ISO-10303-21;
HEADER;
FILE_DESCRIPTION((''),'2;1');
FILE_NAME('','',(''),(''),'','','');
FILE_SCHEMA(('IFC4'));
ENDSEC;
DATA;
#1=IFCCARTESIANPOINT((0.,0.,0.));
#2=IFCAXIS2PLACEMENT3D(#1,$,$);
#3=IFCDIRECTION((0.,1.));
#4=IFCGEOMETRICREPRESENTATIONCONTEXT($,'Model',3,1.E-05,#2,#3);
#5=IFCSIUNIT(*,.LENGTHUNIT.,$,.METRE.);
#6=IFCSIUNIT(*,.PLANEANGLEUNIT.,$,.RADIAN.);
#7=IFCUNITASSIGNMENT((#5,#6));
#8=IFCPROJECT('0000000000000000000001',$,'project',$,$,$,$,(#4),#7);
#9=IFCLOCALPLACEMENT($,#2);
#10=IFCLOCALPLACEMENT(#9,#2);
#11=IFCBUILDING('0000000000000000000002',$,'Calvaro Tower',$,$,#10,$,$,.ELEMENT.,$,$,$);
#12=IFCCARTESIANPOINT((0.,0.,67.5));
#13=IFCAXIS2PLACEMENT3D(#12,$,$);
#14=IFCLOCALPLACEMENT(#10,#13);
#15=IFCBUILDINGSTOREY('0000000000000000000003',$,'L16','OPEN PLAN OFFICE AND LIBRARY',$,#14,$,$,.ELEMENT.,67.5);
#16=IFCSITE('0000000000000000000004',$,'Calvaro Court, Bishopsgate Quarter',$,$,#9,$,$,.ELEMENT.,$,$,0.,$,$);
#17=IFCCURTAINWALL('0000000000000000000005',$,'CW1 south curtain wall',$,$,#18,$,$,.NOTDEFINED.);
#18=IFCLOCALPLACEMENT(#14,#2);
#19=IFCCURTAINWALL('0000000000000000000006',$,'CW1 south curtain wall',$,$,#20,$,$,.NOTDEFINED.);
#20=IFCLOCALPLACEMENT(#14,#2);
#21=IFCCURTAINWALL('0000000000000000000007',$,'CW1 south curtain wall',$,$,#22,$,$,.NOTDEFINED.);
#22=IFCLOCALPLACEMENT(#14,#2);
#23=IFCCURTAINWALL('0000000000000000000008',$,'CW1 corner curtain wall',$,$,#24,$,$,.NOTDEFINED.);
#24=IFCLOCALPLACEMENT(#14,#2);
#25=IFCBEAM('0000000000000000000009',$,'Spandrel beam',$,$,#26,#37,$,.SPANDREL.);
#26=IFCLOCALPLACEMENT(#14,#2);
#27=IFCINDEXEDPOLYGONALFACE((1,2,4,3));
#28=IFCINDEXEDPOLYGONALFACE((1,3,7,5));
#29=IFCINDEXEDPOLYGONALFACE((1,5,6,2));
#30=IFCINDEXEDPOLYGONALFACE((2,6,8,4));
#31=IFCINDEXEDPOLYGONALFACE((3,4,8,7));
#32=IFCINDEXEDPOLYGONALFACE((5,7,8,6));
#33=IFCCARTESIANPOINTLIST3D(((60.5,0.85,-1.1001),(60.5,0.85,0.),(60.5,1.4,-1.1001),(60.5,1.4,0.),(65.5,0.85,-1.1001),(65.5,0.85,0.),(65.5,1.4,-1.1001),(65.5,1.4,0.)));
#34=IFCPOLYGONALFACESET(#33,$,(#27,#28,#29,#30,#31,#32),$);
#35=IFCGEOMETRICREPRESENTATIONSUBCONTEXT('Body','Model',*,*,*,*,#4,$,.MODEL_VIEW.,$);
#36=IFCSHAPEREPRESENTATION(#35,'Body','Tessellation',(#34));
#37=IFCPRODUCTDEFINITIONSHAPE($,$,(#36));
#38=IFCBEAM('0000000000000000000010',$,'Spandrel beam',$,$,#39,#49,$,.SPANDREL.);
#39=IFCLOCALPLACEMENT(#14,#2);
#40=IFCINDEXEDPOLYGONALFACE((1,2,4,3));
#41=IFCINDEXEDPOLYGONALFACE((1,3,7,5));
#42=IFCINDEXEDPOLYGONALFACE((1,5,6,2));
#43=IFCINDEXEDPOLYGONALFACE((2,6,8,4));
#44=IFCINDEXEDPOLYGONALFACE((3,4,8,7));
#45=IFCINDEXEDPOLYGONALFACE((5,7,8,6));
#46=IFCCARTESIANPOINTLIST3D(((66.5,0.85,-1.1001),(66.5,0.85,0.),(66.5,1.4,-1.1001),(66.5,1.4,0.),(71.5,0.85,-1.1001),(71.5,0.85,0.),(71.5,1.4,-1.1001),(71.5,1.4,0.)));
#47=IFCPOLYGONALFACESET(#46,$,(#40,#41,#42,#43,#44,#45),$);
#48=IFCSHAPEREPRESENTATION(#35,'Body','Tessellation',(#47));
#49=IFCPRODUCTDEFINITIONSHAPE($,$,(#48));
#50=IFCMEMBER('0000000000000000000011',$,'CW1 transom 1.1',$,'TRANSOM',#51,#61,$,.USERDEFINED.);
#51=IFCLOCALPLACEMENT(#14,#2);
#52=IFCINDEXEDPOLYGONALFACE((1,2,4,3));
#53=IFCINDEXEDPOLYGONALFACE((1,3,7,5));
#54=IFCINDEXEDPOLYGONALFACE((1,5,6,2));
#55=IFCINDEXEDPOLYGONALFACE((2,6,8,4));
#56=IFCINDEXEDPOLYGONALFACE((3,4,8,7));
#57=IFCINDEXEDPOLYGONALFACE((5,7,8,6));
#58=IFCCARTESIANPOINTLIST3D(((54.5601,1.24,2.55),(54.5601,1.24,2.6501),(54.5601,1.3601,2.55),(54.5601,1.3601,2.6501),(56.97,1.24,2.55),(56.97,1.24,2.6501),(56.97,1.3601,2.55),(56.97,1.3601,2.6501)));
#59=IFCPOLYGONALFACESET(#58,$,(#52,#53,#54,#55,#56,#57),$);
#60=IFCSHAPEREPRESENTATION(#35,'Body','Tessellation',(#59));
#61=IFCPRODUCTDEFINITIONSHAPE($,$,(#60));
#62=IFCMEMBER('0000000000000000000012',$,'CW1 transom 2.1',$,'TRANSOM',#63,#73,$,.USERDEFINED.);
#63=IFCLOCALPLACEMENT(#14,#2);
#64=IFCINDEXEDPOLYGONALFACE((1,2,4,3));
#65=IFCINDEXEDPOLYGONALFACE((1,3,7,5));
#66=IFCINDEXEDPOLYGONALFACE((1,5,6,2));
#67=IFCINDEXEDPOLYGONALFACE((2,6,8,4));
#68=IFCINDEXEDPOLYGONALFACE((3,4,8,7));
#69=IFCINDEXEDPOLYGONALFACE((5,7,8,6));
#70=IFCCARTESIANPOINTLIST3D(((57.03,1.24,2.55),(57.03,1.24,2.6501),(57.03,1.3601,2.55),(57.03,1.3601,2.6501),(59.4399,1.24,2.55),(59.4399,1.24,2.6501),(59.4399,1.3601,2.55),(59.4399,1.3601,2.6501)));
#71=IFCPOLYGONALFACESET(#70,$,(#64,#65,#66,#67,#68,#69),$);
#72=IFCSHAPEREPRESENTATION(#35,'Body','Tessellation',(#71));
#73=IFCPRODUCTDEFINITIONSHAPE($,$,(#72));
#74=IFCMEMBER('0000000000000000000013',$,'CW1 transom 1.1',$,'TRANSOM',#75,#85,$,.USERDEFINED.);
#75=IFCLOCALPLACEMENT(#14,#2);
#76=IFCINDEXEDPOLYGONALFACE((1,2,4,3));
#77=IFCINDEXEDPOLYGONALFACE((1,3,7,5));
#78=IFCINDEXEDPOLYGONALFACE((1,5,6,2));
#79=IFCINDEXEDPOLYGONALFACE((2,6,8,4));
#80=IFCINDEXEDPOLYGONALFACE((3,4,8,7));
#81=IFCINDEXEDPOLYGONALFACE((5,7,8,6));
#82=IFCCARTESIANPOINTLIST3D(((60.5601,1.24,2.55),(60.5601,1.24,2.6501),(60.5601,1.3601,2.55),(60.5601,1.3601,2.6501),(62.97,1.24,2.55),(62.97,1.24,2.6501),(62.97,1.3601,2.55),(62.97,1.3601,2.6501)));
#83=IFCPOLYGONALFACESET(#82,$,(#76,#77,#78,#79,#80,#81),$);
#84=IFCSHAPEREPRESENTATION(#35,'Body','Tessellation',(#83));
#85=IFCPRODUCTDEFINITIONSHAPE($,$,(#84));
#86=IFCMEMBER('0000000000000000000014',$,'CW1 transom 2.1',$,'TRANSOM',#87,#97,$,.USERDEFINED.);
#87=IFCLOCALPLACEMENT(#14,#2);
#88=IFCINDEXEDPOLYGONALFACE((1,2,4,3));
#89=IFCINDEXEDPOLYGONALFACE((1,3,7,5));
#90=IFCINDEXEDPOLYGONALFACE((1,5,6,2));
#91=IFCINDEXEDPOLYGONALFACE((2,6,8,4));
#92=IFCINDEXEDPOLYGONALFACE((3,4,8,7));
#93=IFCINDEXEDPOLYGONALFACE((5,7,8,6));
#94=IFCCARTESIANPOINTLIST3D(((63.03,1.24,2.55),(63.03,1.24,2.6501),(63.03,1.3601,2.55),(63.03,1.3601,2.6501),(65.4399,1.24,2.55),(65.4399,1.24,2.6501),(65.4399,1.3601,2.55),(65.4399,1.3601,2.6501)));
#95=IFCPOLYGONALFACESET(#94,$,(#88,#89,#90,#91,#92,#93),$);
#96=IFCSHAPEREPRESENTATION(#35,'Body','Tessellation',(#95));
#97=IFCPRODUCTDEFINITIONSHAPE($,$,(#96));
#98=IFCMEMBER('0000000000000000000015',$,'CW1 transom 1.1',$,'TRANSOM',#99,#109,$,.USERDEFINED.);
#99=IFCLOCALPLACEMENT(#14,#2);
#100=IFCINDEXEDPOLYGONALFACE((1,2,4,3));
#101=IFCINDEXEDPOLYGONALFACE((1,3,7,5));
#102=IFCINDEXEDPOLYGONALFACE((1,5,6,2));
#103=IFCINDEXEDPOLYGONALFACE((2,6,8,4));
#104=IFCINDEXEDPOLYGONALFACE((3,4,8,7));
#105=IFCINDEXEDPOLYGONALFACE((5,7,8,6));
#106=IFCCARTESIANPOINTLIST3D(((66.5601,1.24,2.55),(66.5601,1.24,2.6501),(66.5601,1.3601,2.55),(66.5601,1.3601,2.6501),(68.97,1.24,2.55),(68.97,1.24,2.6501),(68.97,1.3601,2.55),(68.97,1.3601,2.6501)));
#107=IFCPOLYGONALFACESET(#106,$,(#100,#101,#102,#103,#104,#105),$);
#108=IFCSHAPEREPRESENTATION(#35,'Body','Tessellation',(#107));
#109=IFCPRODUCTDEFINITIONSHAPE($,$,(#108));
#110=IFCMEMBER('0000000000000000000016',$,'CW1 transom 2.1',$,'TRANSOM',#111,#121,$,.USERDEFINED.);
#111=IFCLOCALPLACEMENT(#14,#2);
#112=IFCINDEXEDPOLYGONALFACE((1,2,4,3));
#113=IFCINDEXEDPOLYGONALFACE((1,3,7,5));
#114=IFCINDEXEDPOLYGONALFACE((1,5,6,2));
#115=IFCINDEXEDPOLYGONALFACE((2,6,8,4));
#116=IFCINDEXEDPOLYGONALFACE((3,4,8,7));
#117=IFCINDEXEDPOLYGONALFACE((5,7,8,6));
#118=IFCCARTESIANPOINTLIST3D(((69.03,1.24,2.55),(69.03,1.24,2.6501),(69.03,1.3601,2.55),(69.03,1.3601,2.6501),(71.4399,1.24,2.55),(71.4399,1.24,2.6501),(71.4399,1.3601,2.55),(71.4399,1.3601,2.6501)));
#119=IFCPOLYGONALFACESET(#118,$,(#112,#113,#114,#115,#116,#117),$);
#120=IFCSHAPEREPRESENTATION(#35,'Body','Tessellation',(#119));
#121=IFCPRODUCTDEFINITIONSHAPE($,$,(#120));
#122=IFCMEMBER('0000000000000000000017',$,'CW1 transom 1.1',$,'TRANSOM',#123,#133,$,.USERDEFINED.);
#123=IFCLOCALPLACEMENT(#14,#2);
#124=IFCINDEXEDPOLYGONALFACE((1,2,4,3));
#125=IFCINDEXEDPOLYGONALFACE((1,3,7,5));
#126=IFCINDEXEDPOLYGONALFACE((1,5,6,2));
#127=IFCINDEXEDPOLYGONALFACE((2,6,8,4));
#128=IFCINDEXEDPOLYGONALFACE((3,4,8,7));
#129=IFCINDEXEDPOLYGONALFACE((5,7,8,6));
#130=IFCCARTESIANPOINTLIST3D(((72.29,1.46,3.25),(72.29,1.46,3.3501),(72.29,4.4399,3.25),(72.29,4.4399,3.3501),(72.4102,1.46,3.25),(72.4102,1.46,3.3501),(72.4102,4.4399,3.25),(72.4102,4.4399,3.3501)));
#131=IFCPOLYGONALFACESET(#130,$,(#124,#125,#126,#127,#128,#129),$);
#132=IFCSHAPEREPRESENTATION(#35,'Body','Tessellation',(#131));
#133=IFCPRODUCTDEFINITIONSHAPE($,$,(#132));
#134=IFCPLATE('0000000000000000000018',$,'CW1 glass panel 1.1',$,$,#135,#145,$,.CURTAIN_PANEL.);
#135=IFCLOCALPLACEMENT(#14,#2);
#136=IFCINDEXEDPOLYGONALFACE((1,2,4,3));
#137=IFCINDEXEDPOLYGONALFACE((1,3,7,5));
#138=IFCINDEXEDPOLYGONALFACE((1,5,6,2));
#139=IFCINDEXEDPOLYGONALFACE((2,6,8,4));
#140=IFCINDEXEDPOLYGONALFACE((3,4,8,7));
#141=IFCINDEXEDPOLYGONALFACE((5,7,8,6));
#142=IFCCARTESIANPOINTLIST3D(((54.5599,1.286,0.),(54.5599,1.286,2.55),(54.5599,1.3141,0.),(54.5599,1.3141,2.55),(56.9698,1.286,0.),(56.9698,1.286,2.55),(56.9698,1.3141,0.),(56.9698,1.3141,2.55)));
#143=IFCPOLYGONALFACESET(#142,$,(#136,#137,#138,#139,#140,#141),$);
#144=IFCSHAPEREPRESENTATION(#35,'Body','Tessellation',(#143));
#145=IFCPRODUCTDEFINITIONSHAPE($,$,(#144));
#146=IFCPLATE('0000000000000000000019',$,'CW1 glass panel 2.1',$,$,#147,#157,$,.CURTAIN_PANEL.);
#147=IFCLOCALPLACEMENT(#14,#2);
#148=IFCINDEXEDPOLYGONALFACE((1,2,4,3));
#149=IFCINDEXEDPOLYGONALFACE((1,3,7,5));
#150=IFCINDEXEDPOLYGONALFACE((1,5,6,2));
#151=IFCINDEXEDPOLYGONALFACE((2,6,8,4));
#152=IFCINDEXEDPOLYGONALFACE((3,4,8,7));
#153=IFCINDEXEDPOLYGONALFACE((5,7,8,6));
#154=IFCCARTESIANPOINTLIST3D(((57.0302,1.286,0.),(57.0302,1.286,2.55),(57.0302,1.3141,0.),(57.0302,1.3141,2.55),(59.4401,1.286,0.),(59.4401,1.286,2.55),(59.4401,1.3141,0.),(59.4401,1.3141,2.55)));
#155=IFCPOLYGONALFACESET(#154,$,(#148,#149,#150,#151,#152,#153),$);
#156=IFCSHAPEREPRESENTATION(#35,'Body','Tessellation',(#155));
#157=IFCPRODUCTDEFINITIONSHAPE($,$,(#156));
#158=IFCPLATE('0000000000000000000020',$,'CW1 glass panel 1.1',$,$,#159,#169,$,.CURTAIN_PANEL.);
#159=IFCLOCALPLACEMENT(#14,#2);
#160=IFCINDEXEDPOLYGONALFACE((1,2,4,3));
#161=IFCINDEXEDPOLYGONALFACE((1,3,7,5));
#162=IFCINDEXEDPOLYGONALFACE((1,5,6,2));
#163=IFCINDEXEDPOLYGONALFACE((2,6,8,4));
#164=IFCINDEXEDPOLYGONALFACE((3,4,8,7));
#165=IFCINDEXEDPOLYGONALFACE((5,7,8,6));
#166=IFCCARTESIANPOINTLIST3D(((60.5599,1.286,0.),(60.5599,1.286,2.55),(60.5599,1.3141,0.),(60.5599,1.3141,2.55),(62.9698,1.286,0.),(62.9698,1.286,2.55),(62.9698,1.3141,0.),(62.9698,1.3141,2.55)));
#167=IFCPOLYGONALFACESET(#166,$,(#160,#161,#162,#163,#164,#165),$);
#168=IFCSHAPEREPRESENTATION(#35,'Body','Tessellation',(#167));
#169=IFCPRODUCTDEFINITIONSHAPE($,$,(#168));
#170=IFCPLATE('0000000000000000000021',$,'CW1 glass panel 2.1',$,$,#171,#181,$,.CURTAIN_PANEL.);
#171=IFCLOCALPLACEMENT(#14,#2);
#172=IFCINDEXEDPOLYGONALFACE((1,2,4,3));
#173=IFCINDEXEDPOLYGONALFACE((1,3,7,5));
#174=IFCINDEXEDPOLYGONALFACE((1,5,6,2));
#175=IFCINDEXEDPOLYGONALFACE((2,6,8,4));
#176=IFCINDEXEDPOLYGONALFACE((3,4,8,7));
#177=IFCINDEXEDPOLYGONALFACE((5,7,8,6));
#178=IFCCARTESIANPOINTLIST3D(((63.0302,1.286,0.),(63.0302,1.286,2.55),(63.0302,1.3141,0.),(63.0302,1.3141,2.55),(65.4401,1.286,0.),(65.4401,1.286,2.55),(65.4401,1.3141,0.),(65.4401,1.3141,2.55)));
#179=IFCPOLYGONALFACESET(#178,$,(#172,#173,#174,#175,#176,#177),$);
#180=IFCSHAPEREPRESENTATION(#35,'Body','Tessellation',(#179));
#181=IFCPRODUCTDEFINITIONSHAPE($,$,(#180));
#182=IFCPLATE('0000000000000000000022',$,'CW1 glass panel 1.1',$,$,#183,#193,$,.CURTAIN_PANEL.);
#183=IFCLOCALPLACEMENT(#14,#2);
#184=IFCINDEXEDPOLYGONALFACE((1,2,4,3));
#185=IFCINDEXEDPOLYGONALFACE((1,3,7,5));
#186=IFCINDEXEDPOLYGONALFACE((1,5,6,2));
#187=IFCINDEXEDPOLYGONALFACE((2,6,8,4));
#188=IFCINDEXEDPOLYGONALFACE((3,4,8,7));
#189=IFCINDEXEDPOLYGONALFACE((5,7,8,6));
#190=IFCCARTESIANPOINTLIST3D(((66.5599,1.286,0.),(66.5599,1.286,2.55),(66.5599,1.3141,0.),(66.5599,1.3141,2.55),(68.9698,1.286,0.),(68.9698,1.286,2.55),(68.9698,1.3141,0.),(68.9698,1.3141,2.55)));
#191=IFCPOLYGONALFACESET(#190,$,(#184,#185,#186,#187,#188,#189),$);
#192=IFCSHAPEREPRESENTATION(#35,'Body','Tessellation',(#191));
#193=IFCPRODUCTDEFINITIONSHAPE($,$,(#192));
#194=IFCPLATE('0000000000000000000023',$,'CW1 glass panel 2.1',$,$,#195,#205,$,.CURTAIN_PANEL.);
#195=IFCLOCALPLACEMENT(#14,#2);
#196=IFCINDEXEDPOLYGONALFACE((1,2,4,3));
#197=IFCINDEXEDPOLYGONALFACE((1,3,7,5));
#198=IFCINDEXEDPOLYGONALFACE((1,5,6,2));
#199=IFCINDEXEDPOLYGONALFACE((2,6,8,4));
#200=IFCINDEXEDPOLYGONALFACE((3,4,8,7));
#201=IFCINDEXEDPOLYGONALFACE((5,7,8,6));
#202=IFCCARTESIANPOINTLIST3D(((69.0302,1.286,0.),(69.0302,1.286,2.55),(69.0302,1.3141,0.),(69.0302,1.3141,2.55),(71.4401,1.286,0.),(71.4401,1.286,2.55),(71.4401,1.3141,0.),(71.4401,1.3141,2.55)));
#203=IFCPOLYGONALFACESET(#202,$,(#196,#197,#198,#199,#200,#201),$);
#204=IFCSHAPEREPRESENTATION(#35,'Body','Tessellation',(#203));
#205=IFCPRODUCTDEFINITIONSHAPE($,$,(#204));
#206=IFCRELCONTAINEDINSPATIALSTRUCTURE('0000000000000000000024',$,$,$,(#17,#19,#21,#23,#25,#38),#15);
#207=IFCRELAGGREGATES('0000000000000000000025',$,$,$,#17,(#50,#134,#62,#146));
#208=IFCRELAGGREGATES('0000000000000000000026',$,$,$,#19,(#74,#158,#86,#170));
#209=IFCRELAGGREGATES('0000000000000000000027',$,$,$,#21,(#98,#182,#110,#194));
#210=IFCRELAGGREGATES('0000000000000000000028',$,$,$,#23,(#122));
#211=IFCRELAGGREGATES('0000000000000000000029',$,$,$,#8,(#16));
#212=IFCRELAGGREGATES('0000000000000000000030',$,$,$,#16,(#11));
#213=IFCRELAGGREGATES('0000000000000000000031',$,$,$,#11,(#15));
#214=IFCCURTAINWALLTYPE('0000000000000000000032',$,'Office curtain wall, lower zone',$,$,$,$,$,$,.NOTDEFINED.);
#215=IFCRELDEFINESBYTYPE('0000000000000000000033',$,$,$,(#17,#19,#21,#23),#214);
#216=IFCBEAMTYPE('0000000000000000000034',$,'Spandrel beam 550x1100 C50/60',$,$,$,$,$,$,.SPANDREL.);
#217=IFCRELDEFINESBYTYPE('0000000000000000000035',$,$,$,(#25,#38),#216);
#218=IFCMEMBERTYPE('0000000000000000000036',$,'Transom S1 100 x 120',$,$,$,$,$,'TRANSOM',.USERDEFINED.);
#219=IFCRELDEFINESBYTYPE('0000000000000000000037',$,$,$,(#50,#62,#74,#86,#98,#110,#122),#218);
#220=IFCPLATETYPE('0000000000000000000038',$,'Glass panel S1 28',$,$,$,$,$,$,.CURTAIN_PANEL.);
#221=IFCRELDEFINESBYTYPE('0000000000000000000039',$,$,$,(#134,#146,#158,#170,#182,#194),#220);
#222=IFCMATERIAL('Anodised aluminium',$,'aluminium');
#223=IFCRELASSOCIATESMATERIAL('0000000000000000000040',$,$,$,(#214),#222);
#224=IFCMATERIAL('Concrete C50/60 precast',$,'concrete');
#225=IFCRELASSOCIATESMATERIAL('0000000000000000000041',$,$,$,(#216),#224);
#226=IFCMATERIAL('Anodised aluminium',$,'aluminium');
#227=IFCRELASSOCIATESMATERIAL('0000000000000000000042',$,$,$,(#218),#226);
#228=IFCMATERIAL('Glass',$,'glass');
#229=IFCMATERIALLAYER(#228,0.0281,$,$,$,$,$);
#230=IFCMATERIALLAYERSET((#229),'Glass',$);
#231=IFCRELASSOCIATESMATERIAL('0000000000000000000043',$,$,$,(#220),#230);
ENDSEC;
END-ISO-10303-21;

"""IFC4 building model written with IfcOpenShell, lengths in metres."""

from ifc_helpers import new_model, si_unit, direction, frame, origin, origin_2d, place, context, subcontext, project, spatial, rectangle, extrude, material, layer, layer_set, material_profile, profile_set, type_object, element, aggregate, save


model = new_model("IFC4")

# Units and contexts
model_context = context("Model", 3, precision=1e-05, world=origin(), true_north=direction((0.0, 1.0)))
body_context = subcontext(model_context, "Body", "Model", "MODEL_VIEW")
ifc_project = project(units=[si_unit("LENGTHUNIT", "METRE"), si_unit("PLANEANGLEUNIT", "RADIAN")], contexts=[model_context])

# Site, building, storey
site_placement = place(None, origin())
site = spatial("IfcSite", under=ifc_project, at=site_placement, Name="Calvaro Court, Bishopsgate Quarter", CompositionType="ELEMENT", RefElevation=0.0)
building_placement = place(site_placement, origin())
building = spatial("IfcBuilding", under=site, at=building_placement, Name="Calvaro Tower", CompositionType="ELEMENT")
storey_placement = place(building_placement, frame((0.0, 0.0, 67.5)))
storey = spatial("IfcBuildingStorey", under=building, at=storey_placement, Name="L16", Description="OPEN PLAN OFFICE AND LIBRARY", CompositionType="ELEMENT", Elevation=67.5)

# Curtain walls
ifc_material_1 = material(Name="Anodised aluminium", Category="aluminium")
curtain_wall_type = type_object("IfcCurtainWallType", Name="Office curtain wall, lower zone", PredefinedType="NOTDEFINED", material=ifc_material_1)
curtain_wall_1_placement = place(storey_placement, origin())
curtain_wall_1 = element("IfcCurtainWall", 1, at=curtain_wall_1_placement, inside=storey, type_object=curtain_wall_type, Name="CW1 south curtain wall", PredefinedType="NOTDEFINED")
curtain_wall_2_placement = place(storey_placement, origin())
curtain_wall_2 = element("IfcCurtainWall", 2, at=curtain_wall_2_placement, inside=storey, type_object=curtain_wall_type, Name="CW1 south curtain wall", PredefinedType="NOTDEFINED")
curtain_wall_3_placement = place(storey_placement, origin())
curtain_wall_3 = element("IfcCurtainWall", 3, at=curtain_wall_3_placement, inside=storey, type_object=curtain_wall_type, Name="CW1 south curtain wall", PredefinedType="NOTDEFINED")
curtain_wall_4_placement = place(storey_placement, origin())
curtain_wall_4 = element("IfcCurtainWall", 4, at=curtain_wall_4_placement, inside=storey, type_object=curtain_wall_type, Name="CW1 corner curtain wall", PredefinedType="NOTDEFINED")

# Beams
ifc_material_2 = material(Name="Concrete C50/60 precast", Category="concrete")
ifc_material_profile_1 = material_profile(ifc_material_2, rectangle(XDim=0.55, YDim=1.1001, at=origin_2d()), Name="RC 550x1100")
ifc_profile_set_1 = profile_set([ifc_material_profile_1], Name="Concrete C50/60 precast")
beam_type = type_object("IfcBeamType", Name="Spandrel beam 550x1100 C50/60", PredefinedType="SPANDREL", material=ifc_profile_set_1)
for number, where, z_axis, x_axis, name in (
    (5, (60.5, 1.125, -0.55), (1.0, 0.0, 0.0), (0.0, 1.0, 0.0), "Spandrel beam"),
    (6, (66.5, 1.125, -0.55), (1.0, 0.0, 0.0), (0.0, 1.0, 0.0), "Spandrel beam"),
):
    element("IfcBeam", number, at=place(storey_placement, frame(where, z_axis=z_axis, x_axis=x_axis)), inside=storey, type_object=beam_type, Name=name, PredefinedType="SPANDREL", context=body_context, shape_type="SweptSolid", body=[
        extrude(rectangle(XDim=0.55, YDim=1.1001, at=origin_2d()), origin(), (0.0, 0.0, 1.0), 5.0),
    ])

# Members
ifc_material_3 = material(Name="Anodised aluminium", Category="aluminium")
ifc_material_profile_2 = material_profile(ifc_material_3, rectangle(XDim=0.1201, YDim=0.1001, at=origin_2d()), Name="Transom S1 100 x 120")
ifc_profile_set_2 = profile_set([ifc_material_profile_2], Name="Anodised aluminium")
member_type_1 = type_object("IfcMemberType", Name="Transom S1 100 x 120", ElementType="TRANSOM", PredefinedType="USERDEFINED", material=ifc_profile_set_2)
member_1_placement = place(storey_placement, frame((54.5601, 1.3, 2.6001), z_axis=(1.0, 0.0, 0.0), x_axis=(0.0, 1.0, 0.0)))
member_1 = element("IfcMember", 7, at=member_1_placement, type_object=member_type_1, Name="CW1 transom 1.1", ObjectType="TRANSOM", PredefinedType="USERDEFINED", context=body_context, shape_type="SweptSolid", body=[
    extrude(rectangle(XDim=0.1201, YDim=0.1001, at=origin_2d()), origin(), (0.0, 0.0, 1.0), 2.4099),
])
member_2_placement = place(storey_placement, frame((57.03, 1.3, 2.6001), z_axis=(1.0, 0.0, 0.0), x_axis=(0.0, 1.0, 0.0)))
member_2 = element("IfcMember", 8, at=member_2_placement, type_object=member_type_1, Name="CW1 transom 2.1", ObjectType="TRANSOM", PredefinedType="USERDEFINED", context=body_context, shape_type="SweptSolid", body=[
    extrude(rectangle(XDim=0.1201, YDim=0.1001, at=origin_2d()), origin(), (0.0, 0.0, 1.0), 2.4099),
])
member_3_placement = place(storey_placement, frame((60.5601, 1.3, 2.6001), z_axis=(1.0, 0.0, 0.0), x_axis=(0.0, 1.0, 0.0)))
member_3 = element("IfcMember", 9, at=member_3_placement, type_object=member_type_1, Name="CW1 transom 1.1", ObjectType="TRANSOM", PredefinedType="USERDEFINED", context=body_context, shape_type="SweptSolid", body=[
    extrude(rectangle(XDim=0.1201, YDim=0.1001, at=origin_2d()), origin(), (0.0, 0.0, 1.0), 2.4099),
])
member_4_placement = place(storey_placement, frame((63.03, 1.3, 2.6001), z_axis=(1.0, 0.0, 0.0), x_axis=(0.0, 1.0, 0.0)))
member_4 = element("IfcMember", 10, at=member_4_placement, type_object=member_type_1, Name="CW1 transom 2.1", ObjectType="TRANSOM", PredefinedType="USERDEFINED", context=body_context, shape_type="SweptSolid", body=[
    extrude(rectangle(XDim=0.1201, YDim=0.1001, at=origin_2d()), origin(), (0.0, 0.0, 1.0), 2.4099),
])
member_5_placement = place(storey_placement, frame((66.5601, 1.3, 2.6001), z_axis=(1.0, 0.0, 0.0), x_axis=(0.0, 1.0, 0.0)))
member_5 = element("IfcMember", 11, at=member_5_placement, type_object=member_type_1, Name="CW1 transom 1.1", ObjectType="TRANSOM", PredefinedType="USERDEFINED", context=body_context, shape_type="SweptSolid", body=[
    extrude(rectangle(XDim=0.1201, YDim=0.1001, at=origin_2d()), origin(), (0.0, 0.0, 1.0), 2.4099),
])
member_6_placement = place(storey_placement, frame((69.03, 1.3, 2.6001), z_axis=(1.0, 0.0, 0.0), x_axis=(0.0, 1.0, 0.0)))
member_6 = element("IfcMember", 12, at=member_6_placement, type_object=member_type_1, Name="CW1 transom 2.1", ObjectType="TRANSOM", PredefinedType="USERDEFINED", context=body_context, shape_type="SweptSolid", body=[
    extrude(rectangle(XDim=0.1201, YDim=0.1001, at=origin_2d()), origin(), (0.0, 0.0, 1.0), 2.4099),
])
member_7_placement = place(storey_placement, frame((72.3501, 1.46, 3.3), z_axis=(0.0, 1.0, 0.0), x_axis=(-1.0, 0.0, 0.0)))
member_7 = element("IfcMember", 13, at=member_7_placement, type_object=member_type_1, Name="CW1 transom 1.1", ObjectType="TRANSOM", PredefinedType="USERDEFINED", context=body_context, shape_type="SweptSolid", body=[
    extrude(rectangle(XDim=0.1201, YDim=0.1001, at=origin_2d()), origin(), (0.0, 0.0, 1.0), 2.98),
])

# Plates
ifc_material_4 = material(Name="Glass", Category="glass")
ifc_layer = layer(ifc_material_4, 0.0281)
ifc_layer_set = layer_set([ifc_layer], Name="Glass")
plate_type = type_object("IfcPlateType", Name="Glass panel S1 28", PredefinedType="CURTAIN_PANEL", material=ifc_layer_set)
plate_1_placement = place(storey_placement, frame((55.7649, 1.3, 0.0), z_axis=(0.0, 0.0, 1.0), x_axis=(1.0, 0.0, 0.0)))
plate_1 = element("IfcPlate", 14, at=plate_1_placement, type_object=plate_type, Name="CW1 glass panel 1.1", PredefinedType="CURTAIN_PANEL", context=body_context, shape_type="SweptSolid", body=[
    extrude(rectangle(XDim=2.4099, YDim=0.0281, at=origin_2d()), origin(), (0.0, 0.0, 1.0), 2.55),
])
plate_2_placement = place(storey_placement, frame((58.2351, 1.3, 0.0), z_axis=(0.0, 0.0, 1.0), x_axis=(1.0, 0.0, 0.0)))
plate_2 = element("IfcPlate", 15, at=plate_2_placement, type_object=plate_type, Name="CW1 glass panel 2.1", PredefinedType="CURTAIN_PANEL", context=body_context, shape_type="SweptSolid", body=[
    extrude(rectangle(XDim=2.4099, YDim=0.0281, at=origin_2d()), origin(), (0.0, 0.0, 1.0), 2.55),
])
aggregate(curtain_wall_1, [member_1, plate_1, member_2, plate_2])
plate_3_placement = place(storey_placement, frame((61.7649, 1.3, 0.0), z_axis=(0.0, 0.0, 1.0), x_axis=(1.0, 0.0, 0.0)))
plate_3 = element("IfcPlate", 16, at=plate_3_placement, type_object=plate_type, Name="CW1 glass panel 1.1", PredefinedType="CURTAIN_PANEL", context=body_context, shape_type="SweptSolid", body=[
    extrude(rectangle(XDim=2.4099, YDim=0.0281, at=origin_2d()), origin(), (0.0, 0.0, 1.0), 2.55),
])
plate_4_placement = place(storey_placement, frame((64.2351, 1.3, 0.0), z_axis=(0.0, 0.0, 1.0), x_axis=(1.0, 0.0, 0.0)))
plate_4 = element("IfcPlate", 17, at=plate_4_placement, type_object=plate_type, Name="CW1 glass panel 2.1", PredefinedType="CURTAIN_PANEL", context=body_context, shape_type="SweptSolid", body=[
    extrude(rectangle(XDim=2.4099, YDim=0.0281, at=origin_2d()), origin(), (0.0, 0.0, 1.0), 2.55),
])
aggregate(curtain_wall_2, [member_3, plate_3, member_4, plate_4])
plate_5_placement = place(storey_placement, frame((67.7649, 1.3, 0.0), z_axis=(0.0, 0.0, 1.0), x_axis=(1.0, 0.0, 0.0)))
plate_5 = element("IfcPlate", 18, at=plate_5_placement, type_object=plate_type, Name="CW1 glass panel 1.1", PredefinedType="CURTAIN_PANEL", context=body_context, shape_type="SweptSolid", body=[
    extrude(rectangle(XDim=2.4099, YDim=0.0281, at=origin_2d()), origin(), (0.0, 0.0, 1.0), 2.55),
])
plate_6_placement = place(storey_placement, frame((70.2351, 1.3, 0.0), z_axis=(0.0, 0.0, 1.0), x_axis=(1.0, 0.0, 0.0)))
plate_6 = element("IfcPlate", 19, at=plate_6_placement, type_object=plate_type, Name="CW1 glass panel 2.1", PredefinedType="CURTAIN_PANEL", context=body_context, shape_type="SweptSolid", body=[
    extrude(rectangle(XDim=2.4099, YDim=0.0281, at=origin_2d()), origin(), (0.0, 0.0, 1.0), 2.55),
])
aggregate(curtain_wall_3, [member_5, plate_5, member_6, plate_6])
aggregate(curtain_wall_4, [member_7])

save(model, "model.ifc")
